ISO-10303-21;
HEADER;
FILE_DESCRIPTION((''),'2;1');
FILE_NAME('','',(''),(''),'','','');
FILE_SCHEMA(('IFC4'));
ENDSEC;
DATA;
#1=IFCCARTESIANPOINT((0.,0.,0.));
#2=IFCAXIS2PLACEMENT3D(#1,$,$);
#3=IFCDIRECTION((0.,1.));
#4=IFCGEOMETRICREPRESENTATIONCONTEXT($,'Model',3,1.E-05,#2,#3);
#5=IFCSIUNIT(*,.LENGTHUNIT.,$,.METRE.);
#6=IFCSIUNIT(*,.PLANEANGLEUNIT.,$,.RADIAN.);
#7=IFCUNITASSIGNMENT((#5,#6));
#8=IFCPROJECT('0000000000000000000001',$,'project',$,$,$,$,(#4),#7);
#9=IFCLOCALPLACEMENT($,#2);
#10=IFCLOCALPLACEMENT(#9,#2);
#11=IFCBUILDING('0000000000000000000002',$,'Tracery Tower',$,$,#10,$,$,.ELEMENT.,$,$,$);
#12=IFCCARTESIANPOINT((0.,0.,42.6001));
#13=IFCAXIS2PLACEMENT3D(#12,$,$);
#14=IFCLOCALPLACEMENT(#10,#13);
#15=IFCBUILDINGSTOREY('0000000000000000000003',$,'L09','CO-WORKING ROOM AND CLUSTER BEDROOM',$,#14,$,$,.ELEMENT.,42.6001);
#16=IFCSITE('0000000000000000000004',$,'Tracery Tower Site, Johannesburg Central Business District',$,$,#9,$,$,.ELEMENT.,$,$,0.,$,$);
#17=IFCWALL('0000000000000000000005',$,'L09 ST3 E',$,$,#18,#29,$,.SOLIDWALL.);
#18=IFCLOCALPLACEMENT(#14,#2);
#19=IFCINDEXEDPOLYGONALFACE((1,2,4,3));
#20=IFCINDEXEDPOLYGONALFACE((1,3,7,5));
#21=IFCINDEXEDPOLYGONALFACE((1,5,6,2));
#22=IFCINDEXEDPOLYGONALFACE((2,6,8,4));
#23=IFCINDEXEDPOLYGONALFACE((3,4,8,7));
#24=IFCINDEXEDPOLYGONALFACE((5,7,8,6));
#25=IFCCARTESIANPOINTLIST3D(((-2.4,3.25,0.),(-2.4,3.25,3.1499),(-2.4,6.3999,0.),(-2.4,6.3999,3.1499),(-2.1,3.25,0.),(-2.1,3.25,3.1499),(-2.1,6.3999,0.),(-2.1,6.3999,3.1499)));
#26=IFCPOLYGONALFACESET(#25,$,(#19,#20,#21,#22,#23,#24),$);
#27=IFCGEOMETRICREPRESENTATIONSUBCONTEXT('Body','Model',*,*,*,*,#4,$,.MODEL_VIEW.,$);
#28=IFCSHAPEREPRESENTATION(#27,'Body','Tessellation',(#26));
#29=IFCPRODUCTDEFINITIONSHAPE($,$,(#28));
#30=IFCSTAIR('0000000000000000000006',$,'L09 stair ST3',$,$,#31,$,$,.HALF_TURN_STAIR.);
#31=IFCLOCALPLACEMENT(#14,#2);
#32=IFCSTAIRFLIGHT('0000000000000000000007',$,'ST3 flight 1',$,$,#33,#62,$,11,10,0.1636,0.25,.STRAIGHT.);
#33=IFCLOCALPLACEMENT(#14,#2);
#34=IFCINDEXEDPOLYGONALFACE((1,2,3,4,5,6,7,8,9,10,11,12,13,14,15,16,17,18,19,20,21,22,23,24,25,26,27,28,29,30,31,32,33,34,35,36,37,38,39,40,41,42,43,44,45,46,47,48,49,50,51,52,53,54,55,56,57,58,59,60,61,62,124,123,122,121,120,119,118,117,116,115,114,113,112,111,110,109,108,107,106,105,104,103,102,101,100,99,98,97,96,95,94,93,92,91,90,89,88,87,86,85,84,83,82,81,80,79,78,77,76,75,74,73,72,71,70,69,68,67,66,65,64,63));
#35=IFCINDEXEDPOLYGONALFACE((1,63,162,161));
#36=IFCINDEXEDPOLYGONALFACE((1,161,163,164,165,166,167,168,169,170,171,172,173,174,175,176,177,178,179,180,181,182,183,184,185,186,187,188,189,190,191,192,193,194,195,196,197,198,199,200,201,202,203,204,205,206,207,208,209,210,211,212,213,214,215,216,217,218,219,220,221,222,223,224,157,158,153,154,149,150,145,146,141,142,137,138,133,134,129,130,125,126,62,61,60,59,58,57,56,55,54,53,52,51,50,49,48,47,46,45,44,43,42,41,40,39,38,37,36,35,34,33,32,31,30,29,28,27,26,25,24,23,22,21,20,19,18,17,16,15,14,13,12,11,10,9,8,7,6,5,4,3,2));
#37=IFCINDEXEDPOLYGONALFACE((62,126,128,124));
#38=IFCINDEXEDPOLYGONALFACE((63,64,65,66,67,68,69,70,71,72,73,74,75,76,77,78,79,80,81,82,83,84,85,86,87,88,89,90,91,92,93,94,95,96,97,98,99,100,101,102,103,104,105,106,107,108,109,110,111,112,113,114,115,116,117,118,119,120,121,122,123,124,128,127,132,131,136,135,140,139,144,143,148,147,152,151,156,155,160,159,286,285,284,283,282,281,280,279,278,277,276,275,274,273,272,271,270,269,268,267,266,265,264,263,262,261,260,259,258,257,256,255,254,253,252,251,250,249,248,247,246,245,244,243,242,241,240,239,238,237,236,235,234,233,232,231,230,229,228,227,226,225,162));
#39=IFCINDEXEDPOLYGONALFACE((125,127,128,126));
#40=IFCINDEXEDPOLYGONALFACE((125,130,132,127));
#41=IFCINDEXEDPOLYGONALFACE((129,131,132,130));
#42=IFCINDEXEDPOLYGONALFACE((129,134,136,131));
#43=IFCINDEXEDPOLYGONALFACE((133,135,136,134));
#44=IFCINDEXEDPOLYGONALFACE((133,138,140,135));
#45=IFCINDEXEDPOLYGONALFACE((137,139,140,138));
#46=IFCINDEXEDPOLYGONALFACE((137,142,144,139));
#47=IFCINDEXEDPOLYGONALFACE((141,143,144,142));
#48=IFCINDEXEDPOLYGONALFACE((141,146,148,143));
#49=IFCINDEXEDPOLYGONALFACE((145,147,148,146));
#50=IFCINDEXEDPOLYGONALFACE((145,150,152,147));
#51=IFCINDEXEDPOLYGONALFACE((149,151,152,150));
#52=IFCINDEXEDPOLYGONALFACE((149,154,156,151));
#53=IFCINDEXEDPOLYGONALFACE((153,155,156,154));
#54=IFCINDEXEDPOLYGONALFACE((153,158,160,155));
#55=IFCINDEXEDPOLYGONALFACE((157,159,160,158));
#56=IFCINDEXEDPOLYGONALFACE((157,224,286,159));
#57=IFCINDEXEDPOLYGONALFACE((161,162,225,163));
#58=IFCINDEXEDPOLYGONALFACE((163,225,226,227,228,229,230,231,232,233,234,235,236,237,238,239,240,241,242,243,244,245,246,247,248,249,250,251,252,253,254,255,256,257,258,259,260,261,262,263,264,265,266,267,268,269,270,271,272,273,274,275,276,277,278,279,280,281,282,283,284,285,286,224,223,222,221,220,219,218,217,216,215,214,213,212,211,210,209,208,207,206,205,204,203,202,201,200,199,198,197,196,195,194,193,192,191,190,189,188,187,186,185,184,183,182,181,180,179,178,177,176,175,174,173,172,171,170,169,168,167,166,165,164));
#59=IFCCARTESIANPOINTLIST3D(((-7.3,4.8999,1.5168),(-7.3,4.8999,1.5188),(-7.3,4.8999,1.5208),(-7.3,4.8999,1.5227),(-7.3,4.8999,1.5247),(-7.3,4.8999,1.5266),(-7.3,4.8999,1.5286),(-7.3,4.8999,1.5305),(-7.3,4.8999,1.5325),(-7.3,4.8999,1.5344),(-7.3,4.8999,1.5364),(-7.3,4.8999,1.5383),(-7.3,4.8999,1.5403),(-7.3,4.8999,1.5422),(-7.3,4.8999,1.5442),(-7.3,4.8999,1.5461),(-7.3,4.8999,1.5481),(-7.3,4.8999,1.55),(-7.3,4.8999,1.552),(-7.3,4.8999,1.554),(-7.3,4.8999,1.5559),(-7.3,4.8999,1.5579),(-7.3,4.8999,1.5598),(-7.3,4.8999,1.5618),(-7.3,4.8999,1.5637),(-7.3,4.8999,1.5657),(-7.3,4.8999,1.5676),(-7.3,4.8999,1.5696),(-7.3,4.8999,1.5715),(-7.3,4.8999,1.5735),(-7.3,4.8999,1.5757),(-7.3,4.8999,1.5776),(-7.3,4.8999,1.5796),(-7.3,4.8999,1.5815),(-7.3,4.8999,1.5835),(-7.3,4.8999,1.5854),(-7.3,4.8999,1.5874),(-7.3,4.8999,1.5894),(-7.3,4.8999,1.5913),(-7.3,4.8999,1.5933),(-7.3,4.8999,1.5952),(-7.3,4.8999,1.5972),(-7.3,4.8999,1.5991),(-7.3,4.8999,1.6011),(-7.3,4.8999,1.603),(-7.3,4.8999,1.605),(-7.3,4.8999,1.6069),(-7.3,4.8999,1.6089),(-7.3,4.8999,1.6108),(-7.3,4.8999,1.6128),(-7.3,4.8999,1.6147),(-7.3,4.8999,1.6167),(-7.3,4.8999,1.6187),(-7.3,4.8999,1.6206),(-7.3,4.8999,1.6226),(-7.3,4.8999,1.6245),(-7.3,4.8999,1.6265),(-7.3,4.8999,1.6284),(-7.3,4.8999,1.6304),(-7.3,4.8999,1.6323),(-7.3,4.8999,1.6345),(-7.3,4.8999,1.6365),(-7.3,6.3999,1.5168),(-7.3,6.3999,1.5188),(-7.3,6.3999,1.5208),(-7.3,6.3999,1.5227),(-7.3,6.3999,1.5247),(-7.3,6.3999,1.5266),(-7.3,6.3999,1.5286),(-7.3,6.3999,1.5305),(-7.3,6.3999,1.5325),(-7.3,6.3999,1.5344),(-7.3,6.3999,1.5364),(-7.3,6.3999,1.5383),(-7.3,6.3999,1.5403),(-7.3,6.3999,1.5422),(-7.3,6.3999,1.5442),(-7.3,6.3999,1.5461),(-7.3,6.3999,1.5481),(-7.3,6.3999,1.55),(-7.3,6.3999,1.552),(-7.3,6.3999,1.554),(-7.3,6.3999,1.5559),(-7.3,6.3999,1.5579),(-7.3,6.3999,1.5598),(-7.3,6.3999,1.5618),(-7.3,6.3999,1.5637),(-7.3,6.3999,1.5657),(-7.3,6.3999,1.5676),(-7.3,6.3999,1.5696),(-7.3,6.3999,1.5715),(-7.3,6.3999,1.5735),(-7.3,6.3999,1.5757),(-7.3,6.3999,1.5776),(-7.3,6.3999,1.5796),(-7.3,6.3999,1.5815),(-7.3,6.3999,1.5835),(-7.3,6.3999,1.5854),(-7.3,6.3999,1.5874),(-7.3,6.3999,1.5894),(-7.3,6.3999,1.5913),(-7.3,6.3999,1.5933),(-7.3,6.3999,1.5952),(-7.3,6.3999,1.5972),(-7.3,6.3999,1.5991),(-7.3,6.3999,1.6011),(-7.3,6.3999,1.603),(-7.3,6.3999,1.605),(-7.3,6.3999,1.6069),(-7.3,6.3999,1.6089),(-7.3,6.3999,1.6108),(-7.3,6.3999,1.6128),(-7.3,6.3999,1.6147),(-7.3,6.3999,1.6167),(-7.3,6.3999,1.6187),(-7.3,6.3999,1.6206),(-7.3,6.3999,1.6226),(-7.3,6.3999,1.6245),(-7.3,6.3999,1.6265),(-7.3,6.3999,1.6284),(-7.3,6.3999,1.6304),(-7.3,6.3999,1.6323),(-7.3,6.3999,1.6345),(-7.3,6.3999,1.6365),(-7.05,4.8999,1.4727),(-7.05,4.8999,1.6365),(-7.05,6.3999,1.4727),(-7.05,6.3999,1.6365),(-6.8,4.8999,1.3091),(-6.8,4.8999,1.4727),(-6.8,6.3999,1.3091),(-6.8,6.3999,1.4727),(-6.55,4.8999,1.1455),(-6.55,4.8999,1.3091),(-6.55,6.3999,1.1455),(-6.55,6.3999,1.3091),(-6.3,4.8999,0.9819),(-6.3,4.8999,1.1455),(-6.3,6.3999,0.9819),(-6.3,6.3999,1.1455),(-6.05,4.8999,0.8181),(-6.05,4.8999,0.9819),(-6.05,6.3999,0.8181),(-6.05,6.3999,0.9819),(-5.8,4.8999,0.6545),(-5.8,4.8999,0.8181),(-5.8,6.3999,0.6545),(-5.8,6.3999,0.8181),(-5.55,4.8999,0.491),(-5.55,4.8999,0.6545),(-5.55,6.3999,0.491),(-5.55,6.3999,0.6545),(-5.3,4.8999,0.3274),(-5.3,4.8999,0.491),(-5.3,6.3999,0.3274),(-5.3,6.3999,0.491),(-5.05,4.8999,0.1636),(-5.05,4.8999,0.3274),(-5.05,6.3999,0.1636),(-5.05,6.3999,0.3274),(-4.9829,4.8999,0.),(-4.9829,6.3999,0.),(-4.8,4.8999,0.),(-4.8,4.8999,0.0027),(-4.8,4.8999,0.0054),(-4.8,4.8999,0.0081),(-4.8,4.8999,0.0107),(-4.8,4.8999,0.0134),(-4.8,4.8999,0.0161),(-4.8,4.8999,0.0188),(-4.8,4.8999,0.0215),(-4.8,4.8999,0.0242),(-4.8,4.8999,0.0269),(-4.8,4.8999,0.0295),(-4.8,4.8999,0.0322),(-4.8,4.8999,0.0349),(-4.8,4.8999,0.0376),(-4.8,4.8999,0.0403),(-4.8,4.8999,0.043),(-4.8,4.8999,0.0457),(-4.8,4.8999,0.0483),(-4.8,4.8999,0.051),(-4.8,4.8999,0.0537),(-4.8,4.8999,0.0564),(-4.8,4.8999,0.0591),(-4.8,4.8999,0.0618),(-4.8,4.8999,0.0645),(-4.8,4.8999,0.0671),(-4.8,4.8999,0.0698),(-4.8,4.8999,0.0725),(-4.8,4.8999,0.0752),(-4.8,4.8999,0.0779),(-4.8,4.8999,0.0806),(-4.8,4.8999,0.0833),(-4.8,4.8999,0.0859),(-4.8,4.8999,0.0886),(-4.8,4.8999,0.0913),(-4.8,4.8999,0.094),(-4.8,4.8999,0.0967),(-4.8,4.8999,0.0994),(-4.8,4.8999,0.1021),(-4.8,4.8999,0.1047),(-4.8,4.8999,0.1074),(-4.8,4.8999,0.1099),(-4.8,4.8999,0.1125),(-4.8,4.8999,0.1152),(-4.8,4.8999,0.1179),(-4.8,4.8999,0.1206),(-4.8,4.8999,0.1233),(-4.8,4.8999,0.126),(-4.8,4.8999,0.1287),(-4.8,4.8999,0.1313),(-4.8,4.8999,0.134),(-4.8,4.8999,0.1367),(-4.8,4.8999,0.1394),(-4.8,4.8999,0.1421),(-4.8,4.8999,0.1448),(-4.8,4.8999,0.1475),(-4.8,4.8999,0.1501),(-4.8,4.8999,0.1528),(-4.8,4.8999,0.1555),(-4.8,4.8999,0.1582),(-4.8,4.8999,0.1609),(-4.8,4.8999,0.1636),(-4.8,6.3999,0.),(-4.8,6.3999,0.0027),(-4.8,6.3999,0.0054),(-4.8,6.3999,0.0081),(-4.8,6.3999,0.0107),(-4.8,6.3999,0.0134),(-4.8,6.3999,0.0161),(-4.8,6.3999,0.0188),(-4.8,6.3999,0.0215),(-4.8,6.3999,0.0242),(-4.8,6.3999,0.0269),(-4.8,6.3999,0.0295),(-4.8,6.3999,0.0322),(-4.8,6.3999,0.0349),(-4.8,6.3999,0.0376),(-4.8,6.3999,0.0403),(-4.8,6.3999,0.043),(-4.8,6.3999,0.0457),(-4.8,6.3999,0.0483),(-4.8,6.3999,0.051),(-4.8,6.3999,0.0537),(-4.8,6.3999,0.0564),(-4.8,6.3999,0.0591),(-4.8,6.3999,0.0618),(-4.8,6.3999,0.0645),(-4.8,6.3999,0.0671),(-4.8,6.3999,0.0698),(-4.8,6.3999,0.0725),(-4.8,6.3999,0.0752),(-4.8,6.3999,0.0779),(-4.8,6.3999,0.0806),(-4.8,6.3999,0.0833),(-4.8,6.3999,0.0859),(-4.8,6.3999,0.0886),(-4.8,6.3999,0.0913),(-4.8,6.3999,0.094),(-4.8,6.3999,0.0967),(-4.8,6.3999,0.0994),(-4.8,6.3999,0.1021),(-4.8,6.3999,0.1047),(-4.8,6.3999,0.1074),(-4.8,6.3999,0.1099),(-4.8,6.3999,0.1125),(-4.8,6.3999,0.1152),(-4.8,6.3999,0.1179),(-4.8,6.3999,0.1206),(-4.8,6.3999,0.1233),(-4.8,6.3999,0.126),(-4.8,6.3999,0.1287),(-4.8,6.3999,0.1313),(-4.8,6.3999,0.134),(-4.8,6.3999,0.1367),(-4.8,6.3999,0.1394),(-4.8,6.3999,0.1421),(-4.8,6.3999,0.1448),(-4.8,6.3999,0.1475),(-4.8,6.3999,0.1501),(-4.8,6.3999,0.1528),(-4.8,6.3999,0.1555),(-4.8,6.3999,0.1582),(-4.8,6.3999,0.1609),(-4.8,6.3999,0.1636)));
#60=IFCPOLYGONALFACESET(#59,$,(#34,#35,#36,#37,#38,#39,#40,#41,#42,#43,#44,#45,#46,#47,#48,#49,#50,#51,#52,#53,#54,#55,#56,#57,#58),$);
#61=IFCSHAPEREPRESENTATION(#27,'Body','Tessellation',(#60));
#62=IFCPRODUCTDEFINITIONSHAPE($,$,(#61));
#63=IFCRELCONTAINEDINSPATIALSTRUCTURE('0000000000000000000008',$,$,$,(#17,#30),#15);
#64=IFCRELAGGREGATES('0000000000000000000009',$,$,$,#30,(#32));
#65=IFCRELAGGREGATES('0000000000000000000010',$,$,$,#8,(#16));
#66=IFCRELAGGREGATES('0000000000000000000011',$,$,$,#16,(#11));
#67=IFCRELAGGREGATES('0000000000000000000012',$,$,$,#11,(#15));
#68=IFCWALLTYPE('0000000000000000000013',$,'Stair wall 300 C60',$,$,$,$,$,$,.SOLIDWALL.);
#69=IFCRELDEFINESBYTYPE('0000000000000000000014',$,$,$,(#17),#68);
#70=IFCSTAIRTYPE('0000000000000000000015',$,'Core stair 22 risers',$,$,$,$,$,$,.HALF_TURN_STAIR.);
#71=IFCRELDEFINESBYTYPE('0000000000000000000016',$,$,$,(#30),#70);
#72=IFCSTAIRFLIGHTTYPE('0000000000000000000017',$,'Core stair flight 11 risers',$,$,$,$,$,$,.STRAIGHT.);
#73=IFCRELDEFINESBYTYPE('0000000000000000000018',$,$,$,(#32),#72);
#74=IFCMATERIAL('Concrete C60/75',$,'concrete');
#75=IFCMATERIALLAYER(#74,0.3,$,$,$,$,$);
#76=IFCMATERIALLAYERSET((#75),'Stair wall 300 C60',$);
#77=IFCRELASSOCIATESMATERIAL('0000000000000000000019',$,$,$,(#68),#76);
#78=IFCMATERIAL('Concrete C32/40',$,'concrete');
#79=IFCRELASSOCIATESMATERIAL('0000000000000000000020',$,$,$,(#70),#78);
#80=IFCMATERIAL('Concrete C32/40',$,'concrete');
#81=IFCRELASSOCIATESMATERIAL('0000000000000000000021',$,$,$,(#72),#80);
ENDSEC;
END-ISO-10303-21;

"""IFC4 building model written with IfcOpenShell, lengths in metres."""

from ifc_helpers import new_model, si_unit, direction, frame, frame_2d, origin, place, context, subcontext, project, spatial, polyline, rectangle, outline, extrude, material, layer, layer_set, type_object, element, aggregate, save


model = new_model("IFC4")

# Units and contexts
model_context = context("Model", 3, precision=1e-05, world=origin(), true_north=direction((0.0, 1.0)))
body_context = subcontext(model_context, "Body", "Model", "MODEL_VIEW")
ifc_project = project(units=[si_unit("LENGTHUNIT", "METRE"), si_unit("PLANEANGLEUNIT", "RADIAN")], contexts=[model_context])

# Site, building, storey
site_placement = place(None, origin())
site = spatial("IfcSite", under=ifc_project, at=site_placement, Name="Tracery Tower Site, Johannesburg Central Business District", CompositionType="ELEMENT", RefElevation=0.0)
building_placement = place(site_placement, origin())
building = spatial("IfcBuilding", under=site, at=building_placement, Name="Tracery Tower", CompositionType="ELEMENT")
storey_placement = place(building_placement, frame((0.0, 0.0, 42.6001)))
storey = spatial("IfcBuildingStorey", under=building, at=storey_placement, Name="L09", Description="CO-WORKING ROOM AND CLUSTER BEDROOM", CompositionType="ELEMENT", Elevation=42.6001)

# Wall
ifc_material_1 = material(Name="Concrete C60/75", Category="concrete")
ifc_layer_1 = layer(ifc_material_1, 0.3)
ifc_layer_set_1 = layer_set([ifc_layer_1], Name="Stair wall 300 C60")
wall_type_1 = type_object("IfcWallType", Name="Stair wall 300 C60", PredefinedType="SOLIDWALL", material=ifc_layer_set_1)
wall_1_placement = place(storey_placement, frame((-2.25, 3.25, 0.0), z_axis=(0.0, 0.0, 1.0), x_axis=(0.0, 1.0, 0.0)))
element("IfcWall", 1, at=wall_1_placement, inside=storey, type_object=wall_type_1, Name="L09 ST3 E", PredefinedType="SOLIDWALL", context=body_context, shape_type="SweptSolid", body=[
    extrude(rectangle(XDim=3.1499, YDim=0.3, at=frame_2d((1.575, 0.0))), origin(), (0.0, 0.0, 1.0), 3.1499),
])

# Stair, stair flight
ifc_material_2 = material(Name="Concrete C32/40", Category="concrete")
stair_type = type_object("IfcStairType", Name="Core stair 22 risers", PredefinedType="HALF_TURN_STAIR", material=ifc_material_2)
stair_placement = place(storey_placement, origin())
stair = element("IfcStair", 2, at=stair_placement, inside=storey, type_object=stair_type, Name="L09 stair ST3", PredefinedType="HALF_TURN_STAIR")
ifc_material_3 = material(Name="Concrete C32/40", Category="concrete")
stair_flight_type = type_object("IfcStairFlightType", Name="Core stair flight 11 risers", PredefinedType="STRAIGHT", material=ifc_material_3)
stair_flight_1_placement = place(storey_placement, frame((-4.8, 5.6499, 0.0), z_axis=(0.0, 0.0, 1.0), x_axis=(-1.0, 0.0, 0.0)))
stair_flight_1 = element("IfcStairFlight", 3, at=stair_flight_1_placement, type_object=stair_flight_type, Name="ST3 flight 1", NumberOfRisers=11, NumberOfTreads=10, PredefinedType="STRAIGHT", RiserHeight=0.1636, TreadLength=0.25, context=body_context, shape_type="SweptSolid", body=[
    extrude(outline(polyline([(0.0, 0.0), (0.0, 0.0027), (0.0, 0.0054), (0.0, 0.0081), (0.0, 0.0107), (0.0, 0.0134), (0.0, 0.0161), (0.0, 0.0188), (0.0, 0.0215), (0.0, 0.0242), (0.0, 0.0269), (0.0, 0.0295), (0.0, 0.0322), (0.0, 0.0349), (0.0, 0.0376), (0.0, 0.0403), (0.0, 0.043), (0.0, 0.0457), (0.0, 0.0483), (0.0, 0.051), (0.0, 0.0537), (0.0, 0.0564), (0.0, 0.0591), (0.0, 0.0618), (0.0, 0.0645), (0.0, 0.0671), (0.0, 0.0698), (0.0, 0.0725), (0.0, 0.0752), (0.0, 0.0779), (0.0, 0.0806), (0.0, 0.0833), (0.0, 0.0859), (0.0, 0.0886), (0.0, 0.0913), (0.0, 0.094), (0.0, 0.0967), (0.0, 0.0994), (0.0, 0.1021), (0.0, 0.1047), (0.0, 0.1074), (0.0, 0.1099), (0.0, 0.1125), (0.0, 0.1152), (0.0, 0.1179), (0.0, 0.1206), (0.0, 0.1233), (0.0, 0.126), (0.0, 0.1287), (0.0, 0.1313), (0.0, 0.134), (0.0, 0.1367), (0.0, 0.1394), (0.0, 0.1421), (0.0, 0.1448), (0.0, 0.1475), (0.0, 0.1501), (0.0, 0.1528), (0.0, 0.1555), (0.0, 0.1582), (0.0, 0.1609), (0.0, 0.1636), (0.25, 0.1636), (0.25, 0.3274), (0.5, 0.3274), (0.5, 0.491), (0.75, 0.491), (0.75, 0.6545), (1.0, 0.6545), (1.0, 0.8181), (1.25, 0.8181), (1.25, 0.9819), (1.5, 0.9819), (1.5, 1.1455), (1.75, 1.1455), (1.75, 1.3091), (2.0, 1.3091), (2.0, 1.4727), (2.25, 1.4727), (2.25, 1.6365), (2.5, 1.6365), (2.5, 1.6345), (2.5, 1.6323), (2.5, 1.6304), (2.5, 1.6284), (2.5, 1.6265), (2.5, 1.6245), (2.5, 1.6226), (2.5, 1.6206), (2.5, 1.6187), (2.5, 1.6167), (2.5, 1.6147), (2.5, 1.6128), (2.5, 1.6108), (2.5, 1.6089), (2.5, 1.6069), (2.5, 1.605), (2.5, 1.603), (2.5, 1.6011), (2.5, 1.5991), (2.5, 1.5972), (2.5, 1.5952), (2.5, 1.5933), (2.5, 1.5913), (2.5, 1.5894), (2.5, 1.5874), (2.5, 1.5854), (2.5, 1.5835), (2.5, 1.5815), (2.5, 1.5796), (2.5, 1.5776), (2.5, 1.5757), (2.5, 1.5735), (2.5, 1.5715), (2.5, 1.5696), (2.5, 1.5676), (2.5, 1.5657), (2.5, 1.5637), (2.5, 1.5618), (2.5, 1.5598), (2.5, 1.5579), (2.5, 1.5559), (2.5, 1.554), (2.5, 1.552), (2.5, 1.55), (2.5, 1.5481), (2.5, 1.5461), (2.5, 1.5442), (2.5, 1.5422), (2.5, 1.5403), (2.5, 1.5383), (2.5, 1.5364), (2.5, 1.5344), (2.5, 1.5325), (2.5, 1.5305), (2.5, 1.5286), (2.5, 1.5266), (2.5, 1.5247), (2.5, 1.5227), (2.5, 1.5208), (2.5, 1.5188), (2.5, 1.5168), (0.1829, 0.0), (0.0, 0.0)])), frame((0.0, 0.75, 0.0), z_axis=(0.0, -1.0, 0.0), x_axis=(1.0, 0.0, 0.0)), (0.0, 0.0, 1.0), 1.5),
])
aggregate(stair, [stair_flight_1])

save(model, "model.ifc")
